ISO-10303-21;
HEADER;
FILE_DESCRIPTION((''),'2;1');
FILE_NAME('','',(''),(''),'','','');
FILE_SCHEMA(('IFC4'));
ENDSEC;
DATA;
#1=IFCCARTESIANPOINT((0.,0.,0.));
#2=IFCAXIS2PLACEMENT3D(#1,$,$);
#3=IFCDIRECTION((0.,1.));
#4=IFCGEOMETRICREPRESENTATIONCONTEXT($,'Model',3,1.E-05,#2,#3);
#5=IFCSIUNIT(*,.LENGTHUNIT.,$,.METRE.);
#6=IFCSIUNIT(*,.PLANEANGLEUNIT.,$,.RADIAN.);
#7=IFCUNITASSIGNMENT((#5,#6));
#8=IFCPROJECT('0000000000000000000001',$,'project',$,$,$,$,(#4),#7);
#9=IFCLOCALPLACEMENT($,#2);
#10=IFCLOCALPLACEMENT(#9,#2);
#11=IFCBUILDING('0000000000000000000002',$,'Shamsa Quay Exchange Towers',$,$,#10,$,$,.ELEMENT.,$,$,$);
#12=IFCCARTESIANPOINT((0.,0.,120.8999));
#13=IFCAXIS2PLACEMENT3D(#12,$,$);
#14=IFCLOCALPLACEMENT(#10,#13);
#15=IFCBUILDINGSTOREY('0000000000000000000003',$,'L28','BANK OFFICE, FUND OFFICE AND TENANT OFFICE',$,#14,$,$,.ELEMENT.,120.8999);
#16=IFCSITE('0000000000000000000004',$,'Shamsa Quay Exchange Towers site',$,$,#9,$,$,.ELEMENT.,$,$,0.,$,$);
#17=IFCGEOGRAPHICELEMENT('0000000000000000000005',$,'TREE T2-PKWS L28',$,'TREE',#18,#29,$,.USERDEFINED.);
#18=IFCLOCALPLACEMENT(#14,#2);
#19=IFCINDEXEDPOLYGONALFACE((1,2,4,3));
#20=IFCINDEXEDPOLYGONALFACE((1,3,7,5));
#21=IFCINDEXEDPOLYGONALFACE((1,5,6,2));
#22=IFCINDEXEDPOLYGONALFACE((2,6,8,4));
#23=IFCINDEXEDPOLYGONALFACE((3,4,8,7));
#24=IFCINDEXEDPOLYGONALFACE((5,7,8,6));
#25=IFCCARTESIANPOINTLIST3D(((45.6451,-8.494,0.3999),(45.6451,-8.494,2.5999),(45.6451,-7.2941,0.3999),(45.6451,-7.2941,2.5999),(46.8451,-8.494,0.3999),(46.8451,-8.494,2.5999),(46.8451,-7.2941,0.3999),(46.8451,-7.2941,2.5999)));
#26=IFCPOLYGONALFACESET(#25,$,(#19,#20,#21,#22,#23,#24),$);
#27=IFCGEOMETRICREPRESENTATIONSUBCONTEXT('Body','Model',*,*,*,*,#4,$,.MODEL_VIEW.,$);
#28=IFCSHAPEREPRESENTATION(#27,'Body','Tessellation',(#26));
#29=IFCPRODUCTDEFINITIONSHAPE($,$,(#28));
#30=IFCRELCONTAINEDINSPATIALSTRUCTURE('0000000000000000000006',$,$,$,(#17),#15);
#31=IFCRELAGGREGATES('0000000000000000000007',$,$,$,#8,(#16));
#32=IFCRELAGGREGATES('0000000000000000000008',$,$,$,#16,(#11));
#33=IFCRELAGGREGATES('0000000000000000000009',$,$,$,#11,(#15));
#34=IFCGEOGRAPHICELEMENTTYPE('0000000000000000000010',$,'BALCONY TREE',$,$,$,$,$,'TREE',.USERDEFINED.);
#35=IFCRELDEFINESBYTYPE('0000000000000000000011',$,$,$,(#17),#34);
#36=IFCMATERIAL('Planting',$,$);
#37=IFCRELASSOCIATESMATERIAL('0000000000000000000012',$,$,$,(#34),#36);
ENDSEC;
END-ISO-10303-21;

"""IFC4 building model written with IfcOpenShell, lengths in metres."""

from ifc_helpers import new_model, si_unit, direction, frame, origin, origin_2d, place, context, subcontext, project, spatial, rectangle, extrude, material, type_object, element, save


model = new_model("IFC4")

# Units and contexts
model_context = context("Model", 3, precision=1e-05, world=origin(), true_north=direction((0.0, 1.0)))
body_context = subcontext(model_context, "Body", "Model", "MODEL_VIEW")
ifc_project = project(units=[si_unit("LENGTHUNIT", "METRE"), si_unit("PLANEANGLEUNIT", "RADIAN")], contexts=[model_context])

# Site, building, storey
site_placement = place(None, origin())
site = spatial("IfcSite", under=ifc_project, at=site_placement, Name="Shamsa Quay Exchange Towers site", CompositionType="ELEMENT", RefElevation=0.0)
building_placement = place(site_placement, origin())
building = spatial("IfcBuilding", under=site, at=building_placement, Name="Shamsa Quay Exchange Towers", CompositionType="ELEMENT")
storey_placement = place(building_placement, frame((0.0, 0.0, 120.8999)))
storey = spatial("IfcBuildingStorey", under=building, at=storey_placement, Name="L28", Description="BANK OFFICE, FUND OFFICE AND TENANT OFFICE", CompositionType="ELEMENT", Elevation=120.8999)

# Geographic element
ifc_material_1 = material(Name="Planting")
geographic_element_type = type_object("IfcGeographicElementType", Name="BALCONY TREE", ElementType="TREE", PredefinedType="USERDEFINED", material=ifc_material_1)
geographic_element_placement = place(storey_placement, frame((46.2451, -7.894, 0.3999), z_axis=(0.0, 0.0, 1.0), x_axis=(0.0, 1.0, 0.0)))
element("IfcGeographicElement", 1, at=geographic_element_placement, inside=storey, type_object=geographic_element_type, Name="TREE T2-PKWS L28", ObjectType="TREE", PredefinedType="USERDEFINED", context=body_context, shape_type="SweptSolid", body=[
    extrude(rectangle(XDim=1.2, YDim=1.2, at=origin_2d()), origin(), (0.0, 0.0, 1.0), 2.2),
])

save(model, "model.ifc")
